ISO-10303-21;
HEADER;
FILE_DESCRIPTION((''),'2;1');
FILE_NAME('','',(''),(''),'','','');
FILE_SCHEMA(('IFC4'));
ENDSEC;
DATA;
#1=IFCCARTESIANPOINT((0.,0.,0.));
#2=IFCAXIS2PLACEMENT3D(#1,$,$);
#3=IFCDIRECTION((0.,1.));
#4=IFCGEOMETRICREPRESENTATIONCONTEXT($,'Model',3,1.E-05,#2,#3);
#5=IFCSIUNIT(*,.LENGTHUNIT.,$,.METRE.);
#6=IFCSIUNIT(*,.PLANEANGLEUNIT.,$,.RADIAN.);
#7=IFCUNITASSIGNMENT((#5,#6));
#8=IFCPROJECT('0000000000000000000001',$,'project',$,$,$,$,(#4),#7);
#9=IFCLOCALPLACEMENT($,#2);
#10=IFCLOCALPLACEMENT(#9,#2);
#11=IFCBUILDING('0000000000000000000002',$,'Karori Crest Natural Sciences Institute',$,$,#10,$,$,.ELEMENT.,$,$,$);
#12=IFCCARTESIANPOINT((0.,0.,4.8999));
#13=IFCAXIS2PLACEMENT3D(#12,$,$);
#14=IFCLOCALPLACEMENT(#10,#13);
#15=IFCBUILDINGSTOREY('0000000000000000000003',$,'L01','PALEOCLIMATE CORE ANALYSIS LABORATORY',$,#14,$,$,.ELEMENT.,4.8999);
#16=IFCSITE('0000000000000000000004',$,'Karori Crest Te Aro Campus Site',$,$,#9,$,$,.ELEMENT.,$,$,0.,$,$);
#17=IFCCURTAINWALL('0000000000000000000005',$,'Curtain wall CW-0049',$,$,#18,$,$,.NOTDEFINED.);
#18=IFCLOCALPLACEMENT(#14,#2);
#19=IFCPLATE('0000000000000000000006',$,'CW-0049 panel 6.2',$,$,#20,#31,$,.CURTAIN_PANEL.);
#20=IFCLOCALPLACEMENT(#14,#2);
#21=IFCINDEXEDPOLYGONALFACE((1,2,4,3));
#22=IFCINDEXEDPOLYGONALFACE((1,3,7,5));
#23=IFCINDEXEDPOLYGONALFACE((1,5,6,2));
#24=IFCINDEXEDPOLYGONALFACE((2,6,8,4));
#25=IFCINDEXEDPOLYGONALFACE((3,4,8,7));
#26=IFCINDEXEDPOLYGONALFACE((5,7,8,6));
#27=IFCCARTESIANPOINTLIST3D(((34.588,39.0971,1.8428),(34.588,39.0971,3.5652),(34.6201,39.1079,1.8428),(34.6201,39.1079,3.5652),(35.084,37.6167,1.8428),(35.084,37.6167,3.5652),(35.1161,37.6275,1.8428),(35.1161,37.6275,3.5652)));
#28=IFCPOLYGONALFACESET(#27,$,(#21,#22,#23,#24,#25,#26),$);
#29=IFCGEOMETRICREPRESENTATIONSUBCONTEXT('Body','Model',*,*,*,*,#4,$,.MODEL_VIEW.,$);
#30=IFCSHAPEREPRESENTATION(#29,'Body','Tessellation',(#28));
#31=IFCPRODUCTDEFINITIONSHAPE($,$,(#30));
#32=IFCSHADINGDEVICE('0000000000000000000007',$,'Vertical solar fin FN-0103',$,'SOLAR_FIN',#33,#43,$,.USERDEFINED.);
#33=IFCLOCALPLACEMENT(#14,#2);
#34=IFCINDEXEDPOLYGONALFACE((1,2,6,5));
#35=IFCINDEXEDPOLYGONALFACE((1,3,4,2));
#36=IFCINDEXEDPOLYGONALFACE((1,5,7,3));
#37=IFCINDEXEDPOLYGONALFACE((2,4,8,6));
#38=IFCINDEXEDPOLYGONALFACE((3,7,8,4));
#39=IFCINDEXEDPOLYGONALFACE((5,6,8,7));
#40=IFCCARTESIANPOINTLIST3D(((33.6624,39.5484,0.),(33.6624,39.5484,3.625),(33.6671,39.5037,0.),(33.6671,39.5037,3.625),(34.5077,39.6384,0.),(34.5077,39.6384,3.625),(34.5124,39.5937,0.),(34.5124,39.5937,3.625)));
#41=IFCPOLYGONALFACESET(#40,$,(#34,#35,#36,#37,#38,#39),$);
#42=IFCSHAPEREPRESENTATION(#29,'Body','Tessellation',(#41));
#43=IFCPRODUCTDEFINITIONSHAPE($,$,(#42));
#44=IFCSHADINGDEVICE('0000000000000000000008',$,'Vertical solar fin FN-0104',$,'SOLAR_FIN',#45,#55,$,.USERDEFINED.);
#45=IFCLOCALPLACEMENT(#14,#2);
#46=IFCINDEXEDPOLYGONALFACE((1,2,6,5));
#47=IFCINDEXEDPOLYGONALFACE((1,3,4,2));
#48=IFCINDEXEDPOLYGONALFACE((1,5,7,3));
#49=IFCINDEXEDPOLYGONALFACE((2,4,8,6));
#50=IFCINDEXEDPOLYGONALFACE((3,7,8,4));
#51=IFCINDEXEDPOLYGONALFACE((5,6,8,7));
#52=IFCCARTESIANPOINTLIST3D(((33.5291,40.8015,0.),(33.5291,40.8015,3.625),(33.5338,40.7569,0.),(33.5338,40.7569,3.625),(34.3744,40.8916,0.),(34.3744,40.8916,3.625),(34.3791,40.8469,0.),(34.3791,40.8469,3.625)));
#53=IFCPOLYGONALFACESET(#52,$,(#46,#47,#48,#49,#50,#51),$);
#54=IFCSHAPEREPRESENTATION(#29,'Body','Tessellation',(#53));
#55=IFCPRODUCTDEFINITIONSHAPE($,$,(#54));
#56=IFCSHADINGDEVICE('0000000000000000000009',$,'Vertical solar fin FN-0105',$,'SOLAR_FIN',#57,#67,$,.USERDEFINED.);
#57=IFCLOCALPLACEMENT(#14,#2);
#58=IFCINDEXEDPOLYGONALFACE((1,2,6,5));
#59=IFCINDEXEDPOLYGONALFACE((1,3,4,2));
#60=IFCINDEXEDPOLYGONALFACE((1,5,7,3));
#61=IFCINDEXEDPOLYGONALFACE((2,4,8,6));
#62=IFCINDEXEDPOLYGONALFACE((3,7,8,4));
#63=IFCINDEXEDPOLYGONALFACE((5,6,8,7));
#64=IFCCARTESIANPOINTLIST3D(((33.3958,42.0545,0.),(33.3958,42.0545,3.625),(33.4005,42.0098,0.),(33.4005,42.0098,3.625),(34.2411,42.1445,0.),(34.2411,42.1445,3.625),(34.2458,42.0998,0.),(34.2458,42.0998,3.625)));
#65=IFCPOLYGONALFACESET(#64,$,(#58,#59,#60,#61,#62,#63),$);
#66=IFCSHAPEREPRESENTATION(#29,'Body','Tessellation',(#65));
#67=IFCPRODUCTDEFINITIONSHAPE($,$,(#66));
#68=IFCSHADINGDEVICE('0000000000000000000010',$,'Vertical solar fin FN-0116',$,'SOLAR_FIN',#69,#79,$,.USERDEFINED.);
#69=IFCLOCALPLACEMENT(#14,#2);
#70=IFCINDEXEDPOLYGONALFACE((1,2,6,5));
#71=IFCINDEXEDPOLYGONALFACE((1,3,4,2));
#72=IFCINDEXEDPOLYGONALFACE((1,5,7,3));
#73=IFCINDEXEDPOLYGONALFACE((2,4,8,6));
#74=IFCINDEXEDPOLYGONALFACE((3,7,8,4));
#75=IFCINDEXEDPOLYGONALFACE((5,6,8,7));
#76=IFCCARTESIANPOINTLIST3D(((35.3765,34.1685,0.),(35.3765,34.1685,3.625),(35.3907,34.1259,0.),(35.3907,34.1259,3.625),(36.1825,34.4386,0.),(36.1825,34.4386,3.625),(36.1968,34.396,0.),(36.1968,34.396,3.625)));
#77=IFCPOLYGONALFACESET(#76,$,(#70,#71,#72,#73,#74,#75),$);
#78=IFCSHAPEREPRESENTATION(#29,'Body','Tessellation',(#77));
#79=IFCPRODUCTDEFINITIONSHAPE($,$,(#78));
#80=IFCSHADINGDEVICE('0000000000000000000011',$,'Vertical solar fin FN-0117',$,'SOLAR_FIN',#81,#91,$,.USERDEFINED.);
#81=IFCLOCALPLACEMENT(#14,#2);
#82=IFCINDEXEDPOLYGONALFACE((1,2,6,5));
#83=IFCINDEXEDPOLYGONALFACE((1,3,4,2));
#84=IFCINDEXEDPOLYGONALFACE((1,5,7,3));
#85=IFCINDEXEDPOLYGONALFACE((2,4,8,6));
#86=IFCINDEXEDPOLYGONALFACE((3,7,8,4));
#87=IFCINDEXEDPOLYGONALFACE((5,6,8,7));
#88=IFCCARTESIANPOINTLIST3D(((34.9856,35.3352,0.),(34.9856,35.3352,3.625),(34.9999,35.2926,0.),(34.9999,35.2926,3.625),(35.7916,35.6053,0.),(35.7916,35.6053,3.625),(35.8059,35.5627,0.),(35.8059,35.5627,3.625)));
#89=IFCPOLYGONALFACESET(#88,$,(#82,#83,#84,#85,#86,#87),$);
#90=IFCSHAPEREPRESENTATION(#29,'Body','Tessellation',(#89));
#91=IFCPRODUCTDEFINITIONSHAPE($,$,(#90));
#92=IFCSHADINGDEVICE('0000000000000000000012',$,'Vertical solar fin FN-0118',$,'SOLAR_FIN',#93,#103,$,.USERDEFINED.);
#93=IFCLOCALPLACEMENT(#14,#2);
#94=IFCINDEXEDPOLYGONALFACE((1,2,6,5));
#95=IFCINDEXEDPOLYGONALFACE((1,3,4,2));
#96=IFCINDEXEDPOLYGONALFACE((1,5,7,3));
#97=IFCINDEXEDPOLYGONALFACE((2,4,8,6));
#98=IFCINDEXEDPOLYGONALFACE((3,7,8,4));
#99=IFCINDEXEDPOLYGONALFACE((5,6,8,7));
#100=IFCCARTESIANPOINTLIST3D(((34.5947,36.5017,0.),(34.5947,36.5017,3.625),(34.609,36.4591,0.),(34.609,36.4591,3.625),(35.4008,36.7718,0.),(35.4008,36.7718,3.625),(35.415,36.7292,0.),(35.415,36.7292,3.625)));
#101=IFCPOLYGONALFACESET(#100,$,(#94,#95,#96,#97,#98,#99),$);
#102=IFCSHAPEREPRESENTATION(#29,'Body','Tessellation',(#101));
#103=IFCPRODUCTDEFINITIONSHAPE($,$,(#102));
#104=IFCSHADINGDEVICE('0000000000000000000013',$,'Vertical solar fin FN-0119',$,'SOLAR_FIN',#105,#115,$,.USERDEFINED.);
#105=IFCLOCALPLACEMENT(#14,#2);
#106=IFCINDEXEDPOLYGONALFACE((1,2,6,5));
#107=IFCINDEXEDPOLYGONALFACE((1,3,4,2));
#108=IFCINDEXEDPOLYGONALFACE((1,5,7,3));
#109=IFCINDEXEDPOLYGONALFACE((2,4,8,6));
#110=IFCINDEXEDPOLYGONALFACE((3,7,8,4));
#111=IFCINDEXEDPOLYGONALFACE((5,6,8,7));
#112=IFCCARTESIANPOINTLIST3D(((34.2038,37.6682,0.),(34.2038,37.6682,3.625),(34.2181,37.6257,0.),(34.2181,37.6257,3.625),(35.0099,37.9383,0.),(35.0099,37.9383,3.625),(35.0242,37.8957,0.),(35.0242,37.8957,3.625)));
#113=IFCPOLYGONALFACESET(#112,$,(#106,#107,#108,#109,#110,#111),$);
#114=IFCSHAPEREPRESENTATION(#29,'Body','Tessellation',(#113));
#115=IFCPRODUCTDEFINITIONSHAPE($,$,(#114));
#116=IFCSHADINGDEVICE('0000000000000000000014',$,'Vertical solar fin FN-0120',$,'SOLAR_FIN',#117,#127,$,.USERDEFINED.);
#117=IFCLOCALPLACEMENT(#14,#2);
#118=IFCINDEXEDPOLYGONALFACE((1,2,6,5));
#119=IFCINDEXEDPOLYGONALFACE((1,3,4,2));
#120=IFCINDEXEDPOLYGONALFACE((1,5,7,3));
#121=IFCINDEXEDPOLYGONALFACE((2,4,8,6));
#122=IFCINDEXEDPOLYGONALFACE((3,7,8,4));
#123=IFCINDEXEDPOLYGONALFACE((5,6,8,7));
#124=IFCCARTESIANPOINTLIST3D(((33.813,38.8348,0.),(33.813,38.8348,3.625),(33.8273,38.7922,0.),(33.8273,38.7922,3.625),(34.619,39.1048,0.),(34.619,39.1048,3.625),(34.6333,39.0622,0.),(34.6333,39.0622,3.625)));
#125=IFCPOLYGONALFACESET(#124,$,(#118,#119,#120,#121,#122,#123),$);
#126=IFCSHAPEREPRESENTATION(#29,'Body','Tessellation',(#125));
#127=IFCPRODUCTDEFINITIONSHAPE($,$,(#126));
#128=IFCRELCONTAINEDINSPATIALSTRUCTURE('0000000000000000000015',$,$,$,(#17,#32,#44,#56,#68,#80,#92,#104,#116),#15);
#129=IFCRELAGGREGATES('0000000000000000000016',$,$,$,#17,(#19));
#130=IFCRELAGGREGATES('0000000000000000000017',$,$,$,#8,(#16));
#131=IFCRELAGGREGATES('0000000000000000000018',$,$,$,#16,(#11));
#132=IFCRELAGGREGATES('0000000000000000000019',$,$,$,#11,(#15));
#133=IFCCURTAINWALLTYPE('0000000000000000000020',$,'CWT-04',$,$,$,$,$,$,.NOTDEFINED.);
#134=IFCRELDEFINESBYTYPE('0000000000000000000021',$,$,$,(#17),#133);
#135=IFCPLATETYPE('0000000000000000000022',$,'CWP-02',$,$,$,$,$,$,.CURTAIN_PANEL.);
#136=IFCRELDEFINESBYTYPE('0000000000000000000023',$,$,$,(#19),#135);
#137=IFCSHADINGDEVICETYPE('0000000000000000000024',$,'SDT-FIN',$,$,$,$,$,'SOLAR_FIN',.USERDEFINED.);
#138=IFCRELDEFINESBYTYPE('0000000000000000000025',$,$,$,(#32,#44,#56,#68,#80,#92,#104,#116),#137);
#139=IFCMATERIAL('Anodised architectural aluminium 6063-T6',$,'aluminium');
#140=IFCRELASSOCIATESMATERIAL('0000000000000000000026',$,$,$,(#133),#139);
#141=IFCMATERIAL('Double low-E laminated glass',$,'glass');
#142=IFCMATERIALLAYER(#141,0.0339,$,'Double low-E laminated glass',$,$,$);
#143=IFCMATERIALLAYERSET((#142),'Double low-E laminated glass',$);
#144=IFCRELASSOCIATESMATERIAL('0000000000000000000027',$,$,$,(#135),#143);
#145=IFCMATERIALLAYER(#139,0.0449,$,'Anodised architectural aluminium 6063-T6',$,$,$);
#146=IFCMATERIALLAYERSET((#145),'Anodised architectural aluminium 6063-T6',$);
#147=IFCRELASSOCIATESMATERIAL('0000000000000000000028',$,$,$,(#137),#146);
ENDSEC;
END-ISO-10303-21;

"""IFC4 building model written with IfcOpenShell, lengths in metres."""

from ifc_helpers import new_model, si_unit, direction, frame, origin, origin_2d, place, context, subcontext, project, spatial, rectangle, extrude, material, layer, layer_set, type_object, element, aggregate, save


model = new_model("IFC4")

# Units and contexts
model_context = context("Model", 3, precision=1e-05, world=origin(), true_north=direction((0.0, 1.0)))
body_context = subcontext(model_context, "Body", "Model", "MODEL_VIEW")
ifc_project = project(units=[si_unit("LENGTHUNIT", "METRE"), si_unit("PLANEANGLEUNIT", "RADIAN")], contexts=[model_context])

# Site, building, storey
site_placement = place(None, origin())
site = spatial("IfcSite", under=ifc_project, at=site_placement, Name="Karori Crest Te Aro Campus Site", CompositionType="ELEMENT", RefElevation=0.0)
building_placement = place(site_placement, origin())
building = spatial("IfcBuilding", under=site, at=building_placement, Name="Karori Crest Natural Sciences Institute", CompositionType="ELEMENT")
storey_placement = place(building_placement, frame((0.0, 0.0, 4.8999)))
storey = spatial("IfcBuildingStorey", under=building, at=storey_placement, Name="L01", Description="PALEOCLIMATE CORE ANALYSIS LABORATORY", CompositionType="ELEMENT", Elevation=4.8999)

# Curtain wall
ifc_material_1 = material(Name="Anodised architectural aluminium 6063-T6", Category="aluminium")
curtain_wall_type_1 = type_object("IfcCurtainWallType", Name="CWT-04", PredefinedType="NOTDEFINED", material=ifc_material_1)
curtain_wall_1_placement = place(storey_placement, origin())
curtain_wall_1 = element("IfcCurtainWall", 1, at=curtain_wall_1_placement, inside=storey, type_object=curtain_wall_type_1, Name="Curtain wall CW-0049", PredefinedType="NOTDEFINED")

# Plate
ifc_material_2 = material(Name="Double low-E laminated glass", Category="glass")
ifc_layer_1 = layer(ifc_material_2, 0.0339, Name="Double low-E laminated glass")
ifc_layer_set_1 = layer_set([ifc_layer_1], Name="Double low-E laminated glass")
plate_type_1 = type_object("IfcPlateType", Name="CWP-02", PredefinedType="CURTAIN_PANEL", material=ifc_layer_set_1)
plate_1_placement = place(storey_placement, frame((34.8521, 38.3623, 1.8428), z_axis=(0.0, 0.0, 1.0), x_axis=(-0.317685, 0.948196, 0.0)))
plate_1 = element("IfcPlate", 2, at=plate_1_placement, type_object=plate_type_1, Name="CW-0049 panel 6.2", PredefinedType="CURTAIN_PANEL", context=body_context, shape_type="SweptSolid", body=[
    extrude(rectangle(XDim=1.5613, YDim=0.0339, at=origin_2d()), origin(), (0.0, 0.0, 1.0), 1.7224),
])
aggregate(curtain_wall_1, [plate_1])

# Shading devices
ifc_layer_2 = layer(ifc_material_1, 0.0449, Name="Anodised architectural aluminium 6063-T6")
ifc_layer_set_2 = layer_set([ifc_layer_2], Name="Anodised architectural aluminium 6063-T6")
shading_device_type = type_object("IfcShadingDeviceType", Name="SDT-FIN", ElementType="SOLAR_FIN", PredefinedType="USERDEFINED", material=ifc_layer_set_2)
for number, where, z_axis, x_axis, name in (
    (3, (34.0874, 39.571, 0.0), (0.0, 0.0, 1.0), (-0.994379, -0.105882, 0.0), "Vertical solar fin FN-0103"),
    (4, (33.9541, 40.8242, 0.0), (0.0, 0.0, 1.0), (-0.994379, -0.105882, 0.0), "Vertical solar fin FN-0104"),
    (5, (33.8208, 42.0771, 0.0), (0.0, 0.0, 1.0), (-0.994379, -0.105882, 0.0), "Vertical solar fin FN-0105"),
    (6, (35.7866, 34.2822, 0.0), (0.0, 0.0, 1.0), (-0.948196, -0.317685, 0.0), "Vertical solar fin FN-0116"),
    (7, (35.3958, 35.449, 0.0), (0.0, 0.0, 1.0), (-0.948196, -0.317685, 0.0), "Vertical solar fin FN-0117"),
    (8, (35.0049, 36.6155, 0.0), (0.0, 0.0, 1.0), (-0.948196, -0.317685, 0.0), "Vertical solar fin FN-0118"),
    (9, (34.614, 37.782, 0.0), (0.0, 0.0, 1.0), (-0.948196, -0.317685, 0.0), "Vertical solar fin FN-0119"),
    (10, (34.2231, 38.9485, 0.0), (0.0, 0.0, 1.0), (-0.948196, -0.317685, 0.0), "Vertical solar fin FN-0120"),
):
    element("IfcShadingDevice", number, at=place(storey_placement, frame(where, z_axis=z_axis, x_axis=x_axis)), inside=storey, type_object=shading_device_type, Name=name, ObjectType="SOLAR_FIN", PredefinedType="USERDEFINED", context=body_context, shape_type="SweptSolid", body=[
        extrude(rectangle(XDim=0.8501, YDim=0.0449, at=origin_2d()), origin(), (0.0, 0.0, 1.0), 3.625),
    ])

save(model, "model.ifc")
